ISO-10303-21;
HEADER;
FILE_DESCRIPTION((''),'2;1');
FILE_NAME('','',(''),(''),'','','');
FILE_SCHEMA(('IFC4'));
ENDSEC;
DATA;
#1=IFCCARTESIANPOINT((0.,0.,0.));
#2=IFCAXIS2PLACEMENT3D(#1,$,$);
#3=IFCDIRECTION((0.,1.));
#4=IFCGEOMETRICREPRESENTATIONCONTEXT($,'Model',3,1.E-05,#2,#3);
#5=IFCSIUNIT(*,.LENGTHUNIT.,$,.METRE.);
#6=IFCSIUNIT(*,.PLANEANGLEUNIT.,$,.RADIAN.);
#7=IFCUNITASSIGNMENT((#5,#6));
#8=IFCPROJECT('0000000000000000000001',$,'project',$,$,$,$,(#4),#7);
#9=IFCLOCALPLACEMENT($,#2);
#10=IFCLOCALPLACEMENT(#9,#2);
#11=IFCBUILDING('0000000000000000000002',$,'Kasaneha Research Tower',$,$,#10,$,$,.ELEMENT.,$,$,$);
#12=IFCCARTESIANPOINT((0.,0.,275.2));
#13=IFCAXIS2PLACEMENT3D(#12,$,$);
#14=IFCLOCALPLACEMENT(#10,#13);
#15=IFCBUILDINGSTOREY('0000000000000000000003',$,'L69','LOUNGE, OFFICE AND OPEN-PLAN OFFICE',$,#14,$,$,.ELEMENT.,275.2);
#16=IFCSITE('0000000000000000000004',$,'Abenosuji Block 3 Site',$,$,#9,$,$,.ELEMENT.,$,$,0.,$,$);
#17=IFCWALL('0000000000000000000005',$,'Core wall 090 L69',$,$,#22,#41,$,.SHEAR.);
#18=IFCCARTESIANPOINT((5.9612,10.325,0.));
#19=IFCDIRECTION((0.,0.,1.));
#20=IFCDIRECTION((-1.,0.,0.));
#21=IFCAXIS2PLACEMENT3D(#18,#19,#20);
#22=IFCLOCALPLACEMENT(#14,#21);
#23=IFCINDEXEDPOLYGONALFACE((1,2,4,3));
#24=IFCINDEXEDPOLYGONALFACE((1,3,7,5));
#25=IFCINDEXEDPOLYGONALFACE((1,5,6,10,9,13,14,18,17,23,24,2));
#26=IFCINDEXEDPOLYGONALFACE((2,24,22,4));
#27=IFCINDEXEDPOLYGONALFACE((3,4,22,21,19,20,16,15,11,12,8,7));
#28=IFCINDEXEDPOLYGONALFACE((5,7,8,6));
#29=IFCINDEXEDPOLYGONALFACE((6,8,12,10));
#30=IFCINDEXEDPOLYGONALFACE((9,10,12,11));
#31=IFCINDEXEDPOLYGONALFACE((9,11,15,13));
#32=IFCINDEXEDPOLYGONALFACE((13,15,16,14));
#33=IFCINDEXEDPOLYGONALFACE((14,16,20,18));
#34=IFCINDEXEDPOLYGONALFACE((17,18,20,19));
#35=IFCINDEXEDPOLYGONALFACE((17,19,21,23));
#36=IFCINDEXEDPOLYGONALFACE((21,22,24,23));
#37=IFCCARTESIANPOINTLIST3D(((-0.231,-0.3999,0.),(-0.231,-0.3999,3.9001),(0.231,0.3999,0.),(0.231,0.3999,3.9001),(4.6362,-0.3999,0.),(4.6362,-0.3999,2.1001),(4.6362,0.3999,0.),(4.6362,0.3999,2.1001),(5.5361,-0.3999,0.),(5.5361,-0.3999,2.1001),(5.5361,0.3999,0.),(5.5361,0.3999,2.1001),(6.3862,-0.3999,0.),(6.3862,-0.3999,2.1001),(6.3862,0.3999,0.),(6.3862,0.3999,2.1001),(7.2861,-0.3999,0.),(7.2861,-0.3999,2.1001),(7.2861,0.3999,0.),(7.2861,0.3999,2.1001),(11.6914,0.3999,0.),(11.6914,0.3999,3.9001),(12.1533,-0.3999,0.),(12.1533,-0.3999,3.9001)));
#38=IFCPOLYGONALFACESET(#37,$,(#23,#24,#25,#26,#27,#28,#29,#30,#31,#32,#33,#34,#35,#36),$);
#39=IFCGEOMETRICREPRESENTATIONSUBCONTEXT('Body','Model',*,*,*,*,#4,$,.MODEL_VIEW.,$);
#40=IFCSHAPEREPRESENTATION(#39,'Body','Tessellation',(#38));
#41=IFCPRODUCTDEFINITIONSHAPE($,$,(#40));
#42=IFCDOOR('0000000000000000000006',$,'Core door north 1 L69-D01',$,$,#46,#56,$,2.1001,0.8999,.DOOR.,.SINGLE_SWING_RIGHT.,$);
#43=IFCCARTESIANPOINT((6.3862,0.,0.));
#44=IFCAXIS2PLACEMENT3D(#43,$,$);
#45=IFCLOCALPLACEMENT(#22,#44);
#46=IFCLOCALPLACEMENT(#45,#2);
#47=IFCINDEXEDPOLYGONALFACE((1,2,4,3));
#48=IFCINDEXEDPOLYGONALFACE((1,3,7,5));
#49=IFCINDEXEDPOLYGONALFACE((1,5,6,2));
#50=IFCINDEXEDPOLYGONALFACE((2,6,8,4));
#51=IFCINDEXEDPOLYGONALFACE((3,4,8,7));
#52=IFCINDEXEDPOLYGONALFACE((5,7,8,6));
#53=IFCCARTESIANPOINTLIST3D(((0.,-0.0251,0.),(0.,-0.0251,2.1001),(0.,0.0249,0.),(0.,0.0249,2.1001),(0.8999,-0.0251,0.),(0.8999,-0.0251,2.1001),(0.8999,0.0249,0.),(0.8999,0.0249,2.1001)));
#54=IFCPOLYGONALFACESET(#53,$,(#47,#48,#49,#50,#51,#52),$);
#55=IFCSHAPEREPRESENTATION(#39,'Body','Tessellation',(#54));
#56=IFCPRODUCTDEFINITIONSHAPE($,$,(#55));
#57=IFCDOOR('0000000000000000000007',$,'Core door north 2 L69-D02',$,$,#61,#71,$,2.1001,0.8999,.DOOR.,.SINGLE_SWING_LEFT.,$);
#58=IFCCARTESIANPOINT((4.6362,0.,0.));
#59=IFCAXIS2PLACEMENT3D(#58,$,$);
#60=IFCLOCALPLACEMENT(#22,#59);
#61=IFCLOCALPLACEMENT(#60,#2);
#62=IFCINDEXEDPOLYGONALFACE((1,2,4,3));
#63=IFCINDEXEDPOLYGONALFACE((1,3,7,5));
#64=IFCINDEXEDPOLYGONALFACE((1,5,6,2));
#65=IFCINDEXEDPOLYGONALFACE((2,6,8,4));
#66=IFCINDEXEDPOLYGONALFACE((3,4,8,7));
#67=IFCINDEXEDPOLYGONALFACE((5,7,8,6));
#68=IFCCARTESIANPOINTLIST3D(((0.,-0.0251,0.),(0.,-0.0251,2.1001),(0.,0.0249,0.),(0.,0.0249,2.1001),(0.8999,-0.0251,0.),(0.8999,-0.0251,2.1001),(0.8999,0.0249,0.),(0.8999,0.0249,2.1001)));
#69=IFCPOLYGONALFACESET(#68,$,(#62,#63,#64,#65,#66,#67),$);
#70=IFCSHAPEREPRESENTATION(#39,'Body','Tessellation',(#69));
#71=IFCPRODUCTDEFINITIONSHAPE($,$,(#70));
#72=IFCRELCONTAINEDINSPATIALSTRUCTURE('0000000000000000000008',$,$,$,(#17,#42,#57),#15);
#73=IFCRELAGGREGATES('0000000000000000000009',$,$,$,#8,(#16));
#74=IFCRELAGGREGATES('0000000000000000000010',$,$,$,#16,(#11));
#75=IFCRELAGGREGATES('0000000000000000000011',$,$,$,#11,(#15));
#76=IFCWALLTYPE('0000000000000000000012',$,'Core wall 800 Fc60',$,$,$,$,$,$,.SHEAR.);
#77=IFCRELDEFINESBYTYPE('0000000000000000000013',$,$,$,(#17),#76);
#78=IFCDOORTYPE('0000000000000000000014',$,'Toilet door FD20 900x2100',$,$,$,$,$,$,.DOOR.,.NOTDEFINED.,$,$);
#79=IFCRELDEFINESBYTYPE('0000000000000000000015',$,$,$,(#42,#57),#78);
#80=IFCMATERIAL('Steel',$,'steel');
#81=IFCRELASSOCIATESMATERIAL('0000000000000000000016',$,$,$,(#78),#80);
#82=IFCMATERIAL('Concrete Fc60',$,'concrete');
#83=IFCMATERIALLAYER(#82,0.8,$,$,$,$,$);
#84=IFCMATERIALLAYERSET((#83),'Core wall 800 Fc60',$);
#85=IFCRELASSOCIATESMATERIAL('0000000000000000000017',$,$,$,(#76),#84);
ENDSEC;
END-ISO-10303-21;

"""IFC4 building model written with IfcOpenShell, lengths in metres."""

from ifc_helpers import new_model, si_unit, direction, frame, frame_2d, origin, place, context, subcontext, project, spatial, polyline, rectangle, outline, extrude, material, layer, layer_set, type_object, element, fill, save


model = new_model("IFC4")

# Units and contexts
model_context = context("Model", 3, precision=1e-05, world=origin(), true_north=direction((0.0, 1.0)))
body_context = subcontext(model_context, "Body", "Model", "MODEL_VIEW")
ifc_project = project(units=[si_unit("LENGTHUNIT", "METRE"), si_unit("PLANEANGLEUNIT", "RADIAN")], contexts=[model_context])

# Site, building, storey
site_placement = place(None, origin())
site = spatial("IfcSite", under=ifc_project, at=site_placement, Name="Abenosuji Block 3 Site", CompositionType="ELEMENT", RefElevation=0.0)
building_placement = place(site_placement, origin())
building = spatial("IfcBuilding", under=site, at=building_placement, Name="Kasaneha Research Tower", CompositionType="ELEMENT")
storey_placement = place(building_placement, frame((0.0, 0.0, 275.2)))
storey = spatial("IfcBuildingStorey", under=building, at=storey_placement, Name="L69", Description="LOUNGE, OFFICE AND OPEN-PLAN OFFICE", CompositionType="ELEMENT", Elevation=275.2)

# Shared definitions
ifc_material_1 = material(Name="Steel", Category="steel")
door_type_1 = type_object("IfcDoorType", Name="Toilet door FD20 900x2100", OperationType="NOTDEFINED", PredefinedType="DOOR", material=ifc_material_1)

# Wall, openings, doors
ifc_material_2 = material(Name="Concrete Fc60", Category="concrete")
ifc_layer_1 = layer(ifc_material_2, 0.8)
ifc_layer_set_1 = layer_set([ifc_layer_1], Name="Core wall 800 Fc60")
wall_type_1 = type_object("IfcWallType", Name="Core wall 800 Fc60", PredefinedType="SHEAR", material=ifc_layer_set_1)
wall_1_placement = place(storey_placement, frame((5.9612, 10.325, 0.0), z_axis=(0.0, 0.0, 1.0), x_axis=(-1.0, 0.0, 0.0)))
wall_1 = element("IfcWall", 1, at=wall_1_placement, inside=storey, type_object=wall_type_1, Name="Core wall 090 L69", PredefinedType="SHEAR", context=body_context, shape_type="SweptSolid", body=[
    extrude(outline(polyline([(-0.231, -0.3999), (4.6362, -0.3999), (5.5361, -0.3999), (6.3862, -0.3999), (7.2861, -0.3999), (12.1533, -0.3999), (11.6914, 0.3999), (7.2861, 0.3999), (6.3862, 0.3999), (5.5361, 0.3999), (4.6362, 0.3999), (0.231, 0.3999), (-0.231, -0.3999)])), origin(), (0.0, 0.0, 1.0), 3.9001),
])
opening_1_placement = place(wall_1_placement, frame((6.3862, 0.0, 0.0)))
opening_1 = element("IfcOpeningElement", 2, at=opening_1_placement, cuts=wall_1, PredefinedType="OPENING", context=body_context, shape_type="SweptSolid", body=[
    extrude(rectangle(XDim=0.8999, YDim=2.1001, at=frame_2d((0.45, 1.05))), frame((0.0, 0.4102, 0.0), z_axis=(0.0, -1.0, 0.0), x_axis=(1.0, 0.0, 0.0)), (0.0, 0.0, 1.0), 0.8201),
])
opening_2_placement = place(wall_1_placement, frame((4.6362, 0.0, 0.0)))
opening_2 = element("IfcOpeningElement", 3, at=opening_2_placement, cuts=wall_1, PredefinedType="OPENING", context=body_context, shape_type="SweptSolid", body=[
    extrude(rectangle(XDim=0.8999, YDim=2.1001, at=frame_2d((0.45, 1.05))), frame((0.0, 0.4102, 0.0), z_axis=(0.0, -1.0, 0.0), x_axis=(1.0, 0.0, 0.0)), (0.0, 0.0, 1.0), 0.8201),
])
door_1_placement = place(opening_1_placement, origin())
door_1 = element("IfcDoor", 4, at=door_1_placement, inside=storey, type_object=door_type_1, Name="Core door north 1 L69-D01", OperationType="SINGLE_SWING_RIGHT", OverallHeight=2.1001, OverallWidth=0.8999, PredefinedType="DOOR", context=body_context, shape_type="SweptSolid", body=[
    extrude(rectangle(XDim=0.8999, YDim=2.1001, at=frame_2d((0.45, 1.05))), frame((0.0, 0.0249, 0.0), z_axis=(0.0, -1.0, 0.0), x_axis=(1.0, 0.0, 0.0)), (0.0, 0.0, 1.0), 0.05),
])
fill(opening_1, door_1)
door_2_placement = place(opening_2_placement, origin())
door_2 = element("IfcDoor", 5, at=door_2_placement, inside=storey, type_object=door_type_1, Name="Core door north 2 L69-D02", OperationType="SINGLE_SWING_LEFT", OverallHeight=2.1001, OverallWidth=0.8999, PredefinedType="DOOR", context=body_context, shape_type="SweptSolid", body=[
    extrude(rectangle(XDim=0.8999, YDim=2.1001, at=frame_2d((0.45, 1.05))), frame((0.0, 0.0249, 0.0), z_axis=(0.0, -1.0, 0.0), x_axis=(1.0, 0.0, 0.0)), (0.0, 0.0, 1.0), 0.05),
])
fill(opening_2, door_2)

save(model, "model.ifc")
